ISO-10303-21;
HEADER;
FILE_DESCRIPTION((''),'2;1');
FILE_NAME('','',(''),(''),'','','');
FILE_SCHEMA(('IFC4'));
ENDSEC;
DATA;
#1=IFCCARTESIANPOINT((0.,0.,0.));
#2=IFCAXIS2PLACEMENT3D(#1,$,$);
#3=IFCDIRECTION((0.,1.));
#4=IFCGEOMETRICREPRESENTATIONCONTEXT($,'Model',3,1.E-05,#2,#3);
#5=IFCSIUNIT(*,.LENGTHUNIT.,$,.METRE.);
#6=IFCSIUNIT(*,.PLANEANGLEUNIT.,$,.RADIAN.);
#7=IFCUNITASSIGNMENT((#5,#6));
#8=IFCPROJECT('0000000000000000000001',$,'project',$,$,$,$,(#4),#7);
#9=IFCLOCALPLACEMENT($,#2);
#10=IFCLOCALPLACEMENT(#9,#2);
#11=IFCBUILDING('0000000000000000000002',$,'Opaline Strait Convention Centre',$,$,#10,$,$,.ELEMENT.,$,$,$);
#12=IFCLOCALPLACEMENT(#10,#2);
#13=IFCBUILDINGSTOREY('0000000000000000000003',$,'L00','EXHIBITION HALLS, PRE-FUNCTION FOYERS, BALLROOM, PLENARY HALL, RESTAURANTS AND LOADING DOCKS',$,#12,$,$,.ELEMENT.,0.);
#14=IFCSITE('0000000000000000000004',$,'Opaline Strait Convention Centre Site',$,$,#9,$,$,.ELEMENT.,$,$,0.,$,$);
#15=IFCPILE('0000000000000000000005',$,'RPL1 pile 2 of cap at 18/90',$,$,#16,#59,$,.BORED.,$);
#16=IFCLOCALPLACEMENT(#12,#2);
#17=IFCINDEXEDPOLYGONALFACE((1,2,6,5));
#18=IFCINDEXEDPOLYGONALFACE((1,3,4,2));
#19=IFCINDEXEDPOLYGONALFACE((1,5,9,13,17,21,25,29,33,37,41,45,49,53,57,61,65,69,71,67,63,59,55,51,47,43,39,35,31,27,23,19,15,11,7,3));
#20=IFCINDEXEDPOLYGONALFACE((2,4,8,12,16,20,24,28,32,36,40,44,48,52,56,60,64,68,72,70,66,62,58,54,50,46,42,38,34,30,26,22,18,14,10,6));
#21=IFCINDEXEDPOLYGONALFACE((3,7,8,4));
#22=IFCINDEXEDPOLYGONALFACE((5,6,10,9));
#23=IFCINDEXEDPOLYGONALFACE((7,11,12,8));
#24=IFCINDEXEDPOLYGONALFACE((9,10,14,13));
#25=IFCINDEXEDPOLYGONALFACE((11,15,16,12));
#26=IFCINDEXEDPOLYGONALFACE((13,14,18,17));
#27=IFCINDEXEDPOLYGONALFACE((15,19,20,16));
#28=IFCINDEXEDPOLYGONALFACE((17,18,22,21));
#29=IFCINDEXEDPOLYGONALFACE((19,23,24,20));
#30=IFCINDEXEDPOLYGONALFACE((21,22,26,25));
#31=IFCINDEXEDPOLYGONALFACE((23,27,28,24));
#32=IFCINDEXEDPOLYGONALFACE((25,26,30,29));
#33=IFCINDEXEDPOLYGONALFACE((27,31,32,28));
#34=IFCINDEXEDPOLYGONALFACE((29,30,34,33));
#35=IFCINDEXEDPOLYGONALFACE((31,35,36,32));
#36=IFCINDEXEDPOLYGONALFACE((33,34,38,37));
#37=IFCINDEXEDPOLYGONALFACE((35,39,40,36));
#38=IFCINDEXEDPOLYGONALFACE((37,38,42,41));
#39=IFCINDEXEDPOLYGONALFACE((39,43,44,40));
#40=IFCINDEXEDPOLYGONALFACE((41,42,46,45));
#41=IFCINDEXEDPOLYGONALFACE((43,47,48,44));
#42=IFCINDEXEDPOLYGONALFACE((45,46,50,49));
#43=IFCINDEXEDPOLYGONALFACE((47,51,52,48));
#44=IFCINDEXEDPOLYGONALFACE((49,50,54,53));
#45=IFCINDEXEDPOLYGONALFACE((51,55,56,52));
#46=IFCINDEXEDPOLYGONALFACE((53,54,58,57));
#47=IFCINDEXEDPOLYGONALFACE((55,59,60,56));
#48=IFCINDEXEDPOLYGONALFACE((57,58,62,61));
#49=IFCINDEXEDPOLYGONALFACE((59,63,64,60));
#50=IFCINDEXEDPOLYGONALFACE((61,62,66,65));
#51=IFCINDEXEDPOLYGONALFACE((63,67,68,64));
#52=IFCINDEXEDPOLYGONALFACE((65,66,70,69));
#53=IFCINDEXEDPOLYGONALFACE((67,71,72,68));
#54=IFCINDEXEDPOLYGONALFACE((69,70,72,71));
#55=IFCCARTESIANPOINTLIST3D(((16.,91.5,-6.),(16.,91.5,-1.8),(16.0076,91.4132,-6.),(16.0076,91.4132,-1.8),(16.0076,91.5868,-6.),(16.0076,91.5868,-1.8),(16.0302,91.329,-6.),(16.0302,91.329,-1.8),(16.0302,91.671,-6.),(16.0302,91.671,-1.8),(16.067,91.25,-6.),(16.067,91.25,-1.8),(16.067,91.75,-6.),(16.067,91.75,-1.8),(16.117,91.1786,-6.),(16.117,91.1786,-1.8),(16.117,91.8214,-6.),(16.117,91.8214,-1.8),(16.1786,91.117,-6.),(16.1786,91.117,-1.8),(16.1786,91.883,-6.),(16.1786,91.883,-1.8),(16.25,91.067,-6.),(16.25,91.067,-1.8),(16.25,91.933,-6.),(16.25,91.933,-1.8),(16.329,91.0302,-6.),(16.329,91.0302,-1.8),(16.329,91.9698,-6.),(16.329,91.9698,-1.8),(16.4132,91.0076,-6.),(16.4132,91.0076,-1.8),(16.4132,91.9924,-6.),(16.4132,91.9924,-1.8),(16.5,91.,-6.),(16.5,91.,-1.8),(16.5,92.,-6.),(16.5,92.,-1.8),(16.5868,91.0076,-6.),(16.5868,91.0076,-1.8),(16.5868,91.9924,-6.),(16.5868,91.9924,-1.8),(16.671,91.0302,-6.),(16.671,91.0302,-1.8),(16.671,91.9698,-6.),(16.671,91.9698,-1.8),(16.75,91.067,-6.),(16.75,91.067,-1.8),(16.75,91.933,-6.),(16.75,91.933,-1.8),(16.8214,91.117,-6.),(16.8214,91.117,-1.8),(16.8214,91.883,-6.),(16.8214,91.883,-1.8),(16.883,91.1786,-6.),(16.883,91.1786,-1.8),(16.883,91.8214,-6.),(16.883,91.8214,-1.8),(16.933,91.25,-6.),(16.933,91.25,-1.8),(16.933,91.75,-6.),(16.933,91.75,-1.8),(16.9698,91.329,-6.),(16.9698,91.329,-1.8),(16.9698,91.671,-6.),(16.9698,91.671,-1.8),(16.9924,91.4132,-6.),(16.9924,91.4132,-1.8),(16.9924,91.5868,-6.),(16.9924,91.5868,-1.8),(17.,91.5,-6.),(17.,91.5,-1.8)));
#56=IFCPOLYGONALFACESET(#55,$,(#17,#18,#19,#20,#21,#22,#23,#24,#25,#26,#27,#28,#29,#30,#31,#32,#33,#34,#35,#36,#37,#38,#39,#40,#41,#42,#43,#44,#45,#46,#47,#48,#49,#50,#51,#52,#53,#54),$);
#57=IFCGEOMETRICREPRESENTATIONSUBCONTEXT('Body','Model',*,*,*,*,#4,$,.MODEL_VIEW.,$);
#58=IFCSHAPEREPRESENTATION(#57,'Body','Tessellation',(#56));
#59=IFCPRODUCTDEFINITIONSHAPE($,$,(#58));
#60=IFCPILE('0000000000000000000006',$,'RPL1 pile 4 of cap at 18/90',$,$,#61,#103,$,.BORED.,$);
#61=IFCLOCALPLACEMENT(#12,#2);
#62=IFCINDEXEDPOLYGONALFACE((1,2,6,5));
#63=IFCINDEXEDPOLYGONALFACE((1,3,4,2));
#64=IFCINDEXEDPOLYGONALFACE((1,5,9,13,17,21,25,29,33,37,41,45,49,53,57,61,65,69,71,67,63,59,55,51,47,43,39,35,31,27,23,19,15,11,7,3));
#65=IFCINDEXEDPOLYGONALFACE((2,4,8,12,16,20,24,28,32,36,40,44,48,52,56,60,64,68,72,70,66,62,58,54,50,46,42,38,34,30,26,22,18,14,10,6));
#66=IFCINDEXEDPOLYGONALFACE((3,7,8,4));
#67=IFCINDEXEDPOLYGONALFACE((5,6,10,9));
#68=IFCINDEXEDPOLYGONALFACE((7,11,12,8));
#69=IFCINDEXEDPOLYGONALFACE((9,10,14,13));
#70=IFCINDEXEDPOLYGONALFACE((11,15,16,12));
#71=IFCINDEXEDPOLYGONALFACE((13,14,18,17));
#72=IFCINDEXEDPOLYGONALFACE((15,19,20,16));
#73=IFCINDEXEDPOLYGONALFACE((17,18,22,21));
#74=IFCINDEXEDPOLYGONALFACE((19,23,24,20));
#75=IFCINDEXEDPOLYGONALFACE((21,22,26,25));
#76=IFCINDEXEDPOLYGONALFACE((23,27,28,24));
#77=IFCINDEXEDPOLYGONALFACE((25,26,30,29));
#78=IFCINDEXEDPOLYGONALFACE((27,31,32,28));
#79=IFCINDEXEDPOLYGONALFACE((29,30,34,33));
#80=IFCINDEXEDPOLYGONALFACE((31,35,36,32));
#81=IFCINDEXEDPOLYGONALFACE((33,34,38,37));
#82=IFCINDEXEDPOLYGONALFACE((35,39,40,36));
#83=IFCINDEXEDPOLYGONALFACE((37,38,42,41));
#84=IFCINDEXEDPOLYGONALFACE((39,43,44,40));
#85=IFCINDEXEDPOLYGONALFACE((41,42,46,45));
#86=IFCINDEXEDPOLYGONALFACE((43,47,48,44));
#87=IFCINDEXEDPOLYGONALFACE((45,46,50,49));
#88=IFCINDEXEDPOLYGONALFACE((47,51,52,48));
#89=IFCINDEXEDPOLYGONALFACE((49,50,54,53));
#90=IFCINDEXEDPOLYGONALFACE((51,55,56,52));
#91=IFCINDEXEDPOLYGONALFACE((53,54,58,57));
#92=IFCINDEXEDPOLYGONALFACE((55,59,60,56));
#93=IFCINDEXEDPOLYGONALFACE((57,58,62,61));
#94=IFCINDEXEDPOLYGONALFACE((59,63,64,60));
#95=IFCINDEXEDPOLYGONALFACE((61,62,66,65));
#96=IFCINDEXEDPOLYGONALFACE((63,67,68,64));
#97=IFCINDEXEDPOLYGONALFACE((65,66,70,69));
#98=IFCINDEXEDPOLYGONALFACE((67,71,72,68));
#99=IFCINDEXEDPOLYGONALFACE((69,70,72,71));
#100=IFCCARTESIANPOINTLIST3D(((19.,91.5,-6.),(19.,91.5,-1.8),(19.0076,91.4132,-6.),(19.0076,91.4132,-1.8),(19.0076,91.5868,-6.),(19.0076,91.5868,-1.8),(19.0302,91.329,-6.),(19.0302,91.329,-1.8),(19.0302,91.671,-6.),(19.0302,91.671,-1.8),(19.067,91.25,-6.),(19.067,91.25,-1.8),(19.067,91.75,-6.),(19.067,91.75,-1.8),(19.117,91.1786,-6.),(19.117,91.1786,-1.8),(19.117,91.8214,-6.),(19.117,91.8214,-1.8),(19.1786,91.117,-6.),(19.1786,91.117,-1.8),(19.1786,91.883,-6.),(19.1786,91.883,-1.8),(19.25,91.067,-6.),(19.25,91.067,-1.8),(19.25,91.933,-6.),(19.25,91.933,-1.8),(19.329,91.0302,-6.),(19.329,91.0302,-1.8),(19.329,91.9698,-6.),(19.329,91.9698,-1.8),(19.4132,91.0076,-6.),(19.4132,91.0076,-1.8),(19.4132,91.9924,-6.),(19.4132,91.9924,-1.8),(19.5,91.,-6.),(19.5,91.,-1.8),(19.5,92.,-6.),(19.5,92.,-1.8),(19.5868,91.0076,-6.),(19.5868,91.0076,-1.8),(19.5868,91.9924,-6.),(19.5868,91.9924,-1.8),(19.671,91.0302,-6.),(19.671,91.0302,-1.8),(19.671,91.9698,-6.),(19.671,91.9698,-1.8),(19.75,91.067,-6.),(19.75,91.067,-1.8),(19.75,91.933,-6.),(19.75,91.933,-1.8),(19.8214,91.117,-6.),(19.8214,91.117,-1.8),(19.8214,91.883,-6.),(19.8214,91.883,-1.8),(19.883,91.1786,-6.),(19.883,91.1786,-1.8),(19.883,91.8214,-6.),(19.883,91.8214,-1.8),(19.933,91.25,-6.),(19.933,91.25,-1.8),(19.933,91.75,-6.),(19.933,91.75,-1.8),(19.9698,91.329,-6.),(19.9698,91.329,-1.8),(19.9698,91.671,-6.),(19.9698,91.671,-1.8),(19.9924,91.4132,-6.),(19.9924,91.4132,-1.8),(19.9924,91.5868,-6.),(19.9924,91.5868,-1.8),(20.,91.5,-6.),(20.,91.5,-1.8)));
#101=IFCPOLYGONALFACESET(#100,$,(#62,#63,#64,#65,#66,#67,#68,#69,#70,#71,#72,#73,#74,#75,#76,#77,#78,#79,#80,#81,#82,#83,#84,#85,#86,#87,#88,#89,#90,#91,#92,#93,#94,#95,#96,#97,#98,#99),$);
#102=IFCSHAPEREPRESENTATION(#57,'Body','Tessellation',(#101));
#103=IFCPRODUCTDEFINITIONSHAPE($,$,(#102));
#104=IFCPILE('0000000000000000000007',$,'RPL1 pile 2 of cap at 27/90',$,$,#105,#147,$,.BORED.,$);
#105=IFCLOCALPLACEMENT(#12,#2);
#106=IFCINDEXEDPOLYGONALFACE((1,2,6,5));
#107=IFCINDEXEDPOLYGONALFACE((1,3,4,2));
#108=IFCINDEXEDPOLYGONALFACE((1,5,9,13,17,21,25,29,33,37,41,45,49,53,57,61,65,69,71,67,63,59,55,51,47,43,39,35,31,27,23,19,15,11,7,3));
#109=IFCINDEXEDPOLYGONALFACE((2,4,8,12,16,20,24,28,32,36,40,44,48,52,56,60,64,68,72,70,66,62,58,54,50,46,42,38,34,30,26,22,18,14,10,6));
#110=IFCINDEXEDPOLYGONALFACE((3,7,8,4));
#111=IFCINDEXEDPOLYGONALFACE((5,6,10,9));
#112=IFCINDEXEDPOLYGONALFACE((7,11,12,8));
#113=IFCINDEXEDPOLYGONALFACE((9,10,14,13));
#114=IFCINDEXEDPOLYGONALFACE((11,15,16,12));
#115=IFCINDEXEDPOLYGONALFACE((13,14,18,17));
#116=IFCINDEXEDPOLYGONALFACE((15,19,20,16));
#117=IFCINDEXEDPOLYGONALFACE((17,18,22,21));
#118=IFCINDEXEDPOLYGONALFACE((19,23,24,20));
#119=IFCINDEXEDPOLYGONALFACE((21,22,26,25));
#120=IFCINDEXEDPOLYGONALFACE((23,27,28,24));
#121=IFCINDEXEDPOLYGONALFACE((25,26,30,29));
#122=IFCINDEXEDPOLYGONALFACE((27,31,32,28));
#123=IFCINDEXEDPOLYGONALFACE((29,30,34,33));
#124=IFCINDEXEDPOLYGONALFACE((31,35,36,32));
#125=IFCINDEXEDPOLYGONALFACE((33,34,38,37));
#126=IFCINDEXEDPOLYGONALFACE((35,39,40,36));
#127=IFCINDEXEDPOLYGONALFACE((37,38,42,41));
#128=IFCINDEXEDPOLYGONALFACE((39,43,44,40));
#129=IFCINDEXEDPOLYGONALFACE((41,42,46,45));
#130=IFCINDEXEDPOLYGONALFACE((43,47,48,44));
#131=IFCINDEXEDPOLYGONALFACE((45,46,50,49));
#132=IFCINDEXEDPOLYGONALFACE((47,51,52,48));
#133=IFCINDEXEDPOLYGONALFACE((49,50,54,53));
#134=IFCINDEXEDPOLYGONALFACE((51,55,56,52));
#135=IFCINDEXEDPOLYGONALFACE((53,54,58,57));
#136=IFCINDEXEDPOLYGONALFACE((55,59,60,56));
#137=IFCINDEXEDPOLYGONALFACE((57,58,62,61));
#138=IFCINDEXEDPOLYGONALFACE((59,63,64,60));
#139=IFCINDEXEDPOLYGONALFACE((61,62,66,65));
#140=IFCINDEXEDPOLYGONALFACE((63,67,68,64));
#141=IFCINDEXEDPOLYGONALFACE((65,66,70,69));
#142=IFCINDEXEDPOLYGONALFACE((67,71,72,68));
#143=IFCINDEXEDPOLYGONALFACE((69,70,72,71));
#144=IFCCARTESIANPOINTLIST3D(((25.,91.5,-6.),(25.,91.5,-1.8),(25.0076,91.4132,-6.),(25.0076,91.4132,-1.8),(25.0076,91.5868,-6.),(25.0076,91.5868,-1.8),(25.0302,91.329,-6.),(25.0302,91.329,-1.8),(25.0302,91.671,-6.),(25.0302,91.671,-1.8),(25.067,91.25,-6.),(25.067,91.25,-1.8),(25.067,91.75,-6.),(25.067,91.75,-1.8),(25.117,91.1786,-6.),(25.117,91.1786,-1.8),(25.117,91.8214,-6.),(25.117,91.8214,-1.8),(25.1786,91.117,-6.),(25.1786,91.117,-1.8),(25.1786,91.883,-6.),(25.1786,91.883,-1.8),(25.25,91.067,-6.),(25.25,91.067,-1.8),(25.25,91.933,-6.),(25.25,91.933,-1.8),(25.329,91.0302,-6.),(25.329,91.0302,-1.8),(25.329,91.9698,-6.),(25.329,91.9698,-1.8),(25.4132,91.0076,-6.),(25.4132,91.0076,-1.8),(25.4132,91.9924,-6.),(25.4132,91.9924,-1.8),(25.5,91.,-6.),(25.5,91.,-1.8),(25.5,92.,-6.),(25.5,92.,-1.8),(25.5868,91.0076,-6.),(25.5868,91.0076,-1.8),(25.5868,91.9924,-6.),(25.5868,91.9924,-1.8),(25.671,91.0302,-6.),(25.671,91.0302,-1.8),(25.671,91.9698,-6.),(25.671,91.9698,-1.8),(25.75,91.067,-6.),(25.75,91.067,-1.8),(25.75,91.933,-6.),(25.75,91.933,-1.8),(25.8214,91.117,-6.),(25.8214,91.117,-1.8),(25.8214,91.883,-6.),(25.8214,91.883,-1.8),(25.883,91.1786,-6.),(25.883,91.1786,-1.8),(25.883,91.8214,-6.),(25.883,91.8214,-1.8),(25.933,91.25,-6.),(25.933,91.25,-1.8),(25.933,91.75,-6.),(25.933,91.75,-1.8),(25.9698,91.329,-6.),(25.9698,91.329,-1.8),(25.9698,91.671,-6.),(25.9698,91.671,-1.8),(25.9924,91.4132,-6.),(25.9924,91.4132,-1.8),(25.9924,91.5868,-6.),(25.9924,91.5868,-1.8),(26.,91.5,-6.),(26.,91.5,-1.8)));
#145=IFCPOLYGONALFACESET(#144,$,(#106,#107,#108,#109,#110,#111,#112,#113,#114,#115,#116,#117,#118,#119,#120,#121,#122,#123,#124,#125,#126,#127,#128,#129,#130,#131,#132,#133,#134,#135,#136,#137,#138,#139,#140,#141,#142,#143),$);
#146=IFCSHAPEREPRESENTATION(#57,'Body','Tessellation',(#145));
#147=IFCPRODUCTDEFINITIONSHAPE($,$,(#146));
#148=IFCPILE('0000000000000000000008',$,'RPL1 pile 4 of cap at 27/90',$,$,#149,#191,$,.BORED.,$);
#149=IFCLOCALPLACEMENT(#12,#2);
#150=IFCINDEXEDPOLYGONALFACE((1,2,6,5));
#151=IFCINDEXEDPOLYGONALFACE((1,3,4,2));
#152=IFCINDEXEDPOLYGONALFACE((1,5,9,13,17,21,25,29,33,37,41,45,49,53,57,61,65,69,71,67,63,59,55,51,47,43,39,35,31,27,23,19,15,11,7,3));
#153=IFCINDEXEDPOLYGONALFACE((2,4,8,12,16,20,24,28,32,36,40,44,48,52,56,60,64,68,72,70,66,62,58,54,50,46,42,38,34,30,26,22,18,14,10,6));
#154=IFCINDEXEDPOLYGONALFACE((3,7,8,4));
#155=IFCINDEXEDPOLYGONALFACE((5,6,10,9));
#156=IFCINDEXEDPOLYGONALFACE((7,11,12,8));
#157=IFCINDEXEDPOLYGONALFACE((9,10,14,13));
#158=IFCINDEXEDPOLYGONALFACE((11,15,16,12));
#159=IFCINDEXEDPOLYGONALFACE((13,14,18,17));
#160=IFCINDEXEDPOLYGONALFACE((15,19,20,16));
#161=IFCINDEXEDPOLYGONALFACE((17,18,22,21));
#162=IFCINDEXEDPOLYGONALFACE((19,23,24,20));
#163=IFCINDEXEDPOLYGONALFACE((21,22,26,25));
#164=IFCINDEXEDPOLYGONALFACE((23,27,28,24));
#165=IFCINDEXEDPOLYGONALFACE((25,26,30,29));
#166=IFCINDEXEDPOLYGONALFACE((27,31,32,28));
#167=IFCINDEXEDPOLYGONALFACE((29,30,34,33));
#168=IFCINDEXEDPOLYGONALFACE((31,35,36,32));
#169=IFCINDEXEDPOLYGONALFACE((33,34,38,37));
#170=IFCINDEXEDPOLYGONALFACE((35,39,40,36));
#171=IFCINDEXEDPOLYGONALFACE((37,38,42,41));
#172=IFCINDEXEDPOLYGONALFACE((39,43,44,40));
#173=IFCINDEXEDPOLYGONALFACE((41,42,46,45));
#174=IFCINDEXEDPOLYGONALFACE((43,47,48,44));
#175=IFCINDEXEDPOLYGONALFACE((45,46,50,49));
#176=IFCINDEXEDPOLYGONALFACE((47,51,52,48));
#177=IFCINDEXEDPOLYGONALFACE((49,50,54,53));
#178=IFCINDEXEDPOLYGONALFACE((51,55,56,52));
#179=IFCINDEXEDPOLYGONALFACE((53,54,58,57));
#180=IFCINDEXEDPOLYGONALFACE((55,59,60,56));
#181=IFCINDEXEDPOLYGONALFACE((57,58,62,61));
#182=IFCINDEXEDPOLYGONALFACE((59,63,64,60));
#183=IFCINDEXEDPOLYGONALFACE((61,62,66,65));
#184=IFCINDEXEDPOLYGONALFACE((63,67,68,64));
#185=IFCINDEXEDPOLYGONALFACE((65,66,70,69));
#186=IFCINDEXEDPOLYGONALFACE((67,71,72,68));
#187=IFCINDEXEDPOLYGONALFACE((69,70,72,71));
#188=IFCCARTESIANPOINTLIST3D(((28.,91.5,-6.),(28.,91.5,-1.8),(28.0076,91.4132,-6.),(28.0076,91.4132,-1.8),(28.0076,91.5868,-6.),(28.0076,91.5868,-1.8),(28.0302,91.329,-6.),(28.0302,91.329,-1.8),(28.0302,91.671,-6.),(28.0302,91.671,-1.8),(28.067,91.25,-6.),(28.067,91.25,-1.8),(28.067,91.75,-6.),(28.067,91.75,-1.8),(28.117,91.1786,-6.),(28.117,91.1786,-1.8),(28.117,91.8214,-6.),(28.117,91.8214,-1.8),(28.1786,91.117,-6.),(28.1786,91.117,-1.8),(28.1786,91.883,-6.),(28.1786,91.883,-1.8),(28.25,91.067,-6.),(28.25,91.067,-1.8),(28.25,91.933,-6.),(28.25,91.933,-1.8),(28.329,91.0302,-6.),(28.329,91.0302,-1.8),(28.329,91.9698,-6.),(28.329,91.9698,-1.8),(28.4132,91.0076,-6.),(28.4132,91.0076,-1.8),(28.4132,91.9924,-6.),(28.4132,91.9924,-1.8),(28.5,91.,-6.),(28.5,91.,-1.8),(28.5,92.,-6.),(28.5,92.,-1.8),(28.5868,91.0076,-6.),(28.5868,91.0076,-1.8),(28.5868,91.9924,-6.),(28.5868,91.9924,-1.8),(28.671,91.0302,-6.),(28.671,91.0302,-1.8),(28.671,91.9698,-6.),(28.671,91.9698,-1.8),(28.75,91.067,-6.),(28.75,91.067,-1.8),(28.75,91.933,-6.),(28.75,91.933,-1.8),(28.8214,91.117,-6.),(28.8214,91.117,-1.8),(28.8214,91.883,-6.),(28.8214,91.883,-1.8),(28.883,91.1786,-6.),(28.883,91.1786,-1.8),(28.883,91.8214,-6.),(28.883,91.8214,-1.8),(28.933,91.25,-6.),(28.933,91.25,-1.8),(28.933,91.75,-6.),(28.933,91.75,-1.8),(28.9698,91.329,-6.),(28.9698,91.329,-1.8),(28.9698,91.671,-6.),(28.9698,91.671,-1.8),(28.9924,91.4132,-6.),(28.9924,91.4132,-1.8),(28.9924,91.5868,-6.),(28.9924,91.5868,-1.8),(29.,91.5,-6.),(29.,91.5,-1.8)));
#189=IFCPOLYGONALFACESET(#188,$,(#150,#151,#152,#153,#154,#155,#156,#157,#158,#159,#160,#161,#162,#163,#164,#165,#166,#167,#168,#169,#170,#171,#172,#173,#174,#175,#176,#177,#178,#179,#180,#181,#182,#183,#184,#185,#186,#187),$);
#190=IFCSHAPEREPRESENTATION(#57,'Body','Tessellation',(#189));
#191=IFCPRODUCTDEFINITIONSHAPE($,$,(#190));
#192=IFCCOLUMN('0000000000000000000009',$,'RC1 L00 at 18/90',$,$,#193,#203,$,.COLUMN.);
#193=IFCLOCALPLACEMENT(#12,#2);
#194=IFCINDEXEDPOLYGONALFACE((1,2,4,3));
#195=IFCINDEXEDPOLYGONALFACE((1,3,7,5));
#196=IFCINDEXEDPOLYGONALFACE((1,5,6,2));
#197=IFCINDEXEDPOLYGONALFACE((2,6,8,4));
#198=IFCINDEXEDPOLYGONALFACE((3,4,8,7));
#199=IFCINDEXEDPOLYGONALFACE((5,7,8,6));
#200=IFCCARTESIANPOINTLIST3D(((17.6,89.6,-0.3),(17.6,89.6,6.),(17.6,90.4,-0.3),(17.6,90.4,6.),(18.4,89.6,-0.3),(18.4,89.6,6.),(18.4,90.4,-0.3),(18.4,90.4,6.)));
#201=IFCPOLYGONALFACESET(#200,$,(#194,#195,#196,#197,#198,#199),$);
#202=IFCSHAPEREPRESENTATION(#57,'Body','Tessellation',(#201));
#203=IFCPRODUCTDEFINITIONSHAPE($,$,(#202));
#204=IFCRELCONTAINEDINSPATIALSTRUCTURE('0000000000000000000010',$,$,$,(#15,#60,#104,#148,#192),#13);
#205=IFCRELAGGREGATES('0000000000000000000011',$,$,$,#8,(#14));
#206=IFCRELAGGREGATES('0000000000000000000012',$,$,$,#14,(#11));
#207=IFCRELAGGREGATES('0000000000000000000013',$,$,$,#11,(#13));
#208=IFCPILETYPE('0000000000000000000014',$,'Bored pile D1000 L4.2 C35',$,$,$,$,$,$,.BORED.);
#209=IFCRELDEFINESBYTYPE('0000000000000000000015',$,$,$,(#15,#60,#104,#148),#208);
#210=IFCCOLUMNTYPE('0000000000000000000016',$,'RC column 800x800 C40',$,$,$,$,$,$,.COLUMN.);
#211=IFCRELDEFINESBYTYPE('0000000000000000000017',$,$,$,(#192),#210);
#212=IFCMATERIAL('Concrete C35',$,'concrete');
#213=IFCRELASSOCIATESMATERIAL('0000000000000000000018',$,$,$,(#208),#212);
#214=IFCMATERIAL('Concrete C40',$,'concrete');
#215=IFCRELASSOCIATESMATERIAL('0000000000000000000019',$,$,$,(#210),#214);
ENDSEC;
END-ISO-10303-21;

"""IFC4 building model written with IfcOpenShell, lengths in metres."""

from ifc_helpers import new_model, si_unit, direction, frame, origin, origin_2d, place, context, subcontext, project, spatial, rectangle, circle, extrude, material, material_profile, profile_set, type_object, element, save


model = new_model("IFC4")

# Units and contexts
model_context = context("Model", 3, precision=1e-05, world=origin(), true_north=direction((0.0, 1.0)))
body_context = subcontext(model_context, "Body", "Model", "MODEL_VIEW")
ifc_project = project(units=[si_unit("LENGTHUNIT", "METRE"), si_unit("PLANEANGLEUNIT", "RADIAN")], contexts=[model_context])

# Site, building, storey
site_placement = place(None, origin())
site = spatial("IfcSite", under=ifc_project, at=site_placement, Name="Opaline Strait Convention Centre Site", CompositionType="ELEMENT", RefElevation=0.0)
building_placement = place(site_placement, origin())
building = spatial("IfcBuilding", under=site, at=building_placement, Name="Opaline Strait Convention Centre", CompositionType="ELEMENT")
storey_placement = place(building_placement, origin())
storey = spatial("IfcBuildingStorey", under=building, at=storey_placement, Name="L00", Description="EXHIBITION HALLS, PRE-FUNCTION FOYERS, BALLROOM, PLENARY HALL, RESTAURANTS AND LOADING DOCKS", CompositionType="ELEMENT", Elevation=0.0)

# Piles
ifc_material_1 = material(Name="Concrete C35", Category="concrete")
ifc_material_profile_1 = material_profile(ifc_material_1, circle(Radius=0.5, at=origin_2d()), Name="D1000")
ifc_profile_set_1 = profile_set([ifc_material_profile_1], Name="Concrete C35")
pile_type = type_object("IfcPileType", Name="Bored pile D1000 L4.2 C35", PredefinedType="BORED", material=ifc_profile_set_1)
for number, where, z_axis, x_axis, name in (
    (1, (16.5, 91.5, -1.8), (0.0, 0.0, -1.0), (1.0, 0.0, 0.0), "RPL1 pile 2 of cap at 18/90"),
    (2, (19.5, 91.5, -1.8), (0.0, 0.0, -1.0), (1.0, 0.0, 0.0), "RPL1 pile 4 of cap at 18/90"),
    (3, (25.5, 91.5, -1.8), (0.0, 0.0, -1.0), (1.0, 0.0, 0.0), "RPL1 pile 2 of cap at 27/90"),
    (4, (28.5, 91.5, -1.8), (0.0, 0.0, -1.0), (1.0, 0.0, 0.0), "RPL1 pile 4 of cap at 27/90"),
):
    element("IfcPile", number, at=place(storey_placement, frame(where, z_axis=z_axis, x_axis=x_axis)), inside=storey, type_object=pile_type, Name=name, PredefinedType="BORED", context=body_context, shape_type="SweptSolid", body=[
        extrude(circle(Radius=0.5, at=origin_2d()), origin(), (0.0, 0.0, 1.0), 4.2),
    ])

# Column
ifc_material_2 = material(Name="Concrete C40", Category="concrete")
ifc_material_profile_2 = material_profile(ifc_material_2, rectangle(XDim=0.8, YDim=0.8, at=origin_2d()), Name="RC 800x800")
ifc_profile_set_2 = profile_set([ifc_material_profile_2], Name="Concrete C40")
column_type = type_object("IfcColumnType", Name="RC column 800x800 C40", PredefinedType="COLUMN", material=ifc_profile_set_2)
for number, where, z_axis, x_axis, name in (
    (5, (18.0, 90.0, -0.3), (0.0, 0.0, 1.0), (1.0, 0.0, 0.0), "RC1 L00 at 18/90"),
):
    element("IfcColumn", number, at=place(storey_placement, frame(where, z_axis=z_axis, x_axis=x_axis)), inside=storey, type_object=column_type, Name=name, PredefinedType="COLUMN", context=body_context, shape_type="SweptSolid", body=[
        extrude(rectangle(XDim=0.8, YDim=0.8, at=origin_2d()), origin(), (0.0, 0.0, 1.0), 6.3),
    ])

save(model, "model.ifc")
